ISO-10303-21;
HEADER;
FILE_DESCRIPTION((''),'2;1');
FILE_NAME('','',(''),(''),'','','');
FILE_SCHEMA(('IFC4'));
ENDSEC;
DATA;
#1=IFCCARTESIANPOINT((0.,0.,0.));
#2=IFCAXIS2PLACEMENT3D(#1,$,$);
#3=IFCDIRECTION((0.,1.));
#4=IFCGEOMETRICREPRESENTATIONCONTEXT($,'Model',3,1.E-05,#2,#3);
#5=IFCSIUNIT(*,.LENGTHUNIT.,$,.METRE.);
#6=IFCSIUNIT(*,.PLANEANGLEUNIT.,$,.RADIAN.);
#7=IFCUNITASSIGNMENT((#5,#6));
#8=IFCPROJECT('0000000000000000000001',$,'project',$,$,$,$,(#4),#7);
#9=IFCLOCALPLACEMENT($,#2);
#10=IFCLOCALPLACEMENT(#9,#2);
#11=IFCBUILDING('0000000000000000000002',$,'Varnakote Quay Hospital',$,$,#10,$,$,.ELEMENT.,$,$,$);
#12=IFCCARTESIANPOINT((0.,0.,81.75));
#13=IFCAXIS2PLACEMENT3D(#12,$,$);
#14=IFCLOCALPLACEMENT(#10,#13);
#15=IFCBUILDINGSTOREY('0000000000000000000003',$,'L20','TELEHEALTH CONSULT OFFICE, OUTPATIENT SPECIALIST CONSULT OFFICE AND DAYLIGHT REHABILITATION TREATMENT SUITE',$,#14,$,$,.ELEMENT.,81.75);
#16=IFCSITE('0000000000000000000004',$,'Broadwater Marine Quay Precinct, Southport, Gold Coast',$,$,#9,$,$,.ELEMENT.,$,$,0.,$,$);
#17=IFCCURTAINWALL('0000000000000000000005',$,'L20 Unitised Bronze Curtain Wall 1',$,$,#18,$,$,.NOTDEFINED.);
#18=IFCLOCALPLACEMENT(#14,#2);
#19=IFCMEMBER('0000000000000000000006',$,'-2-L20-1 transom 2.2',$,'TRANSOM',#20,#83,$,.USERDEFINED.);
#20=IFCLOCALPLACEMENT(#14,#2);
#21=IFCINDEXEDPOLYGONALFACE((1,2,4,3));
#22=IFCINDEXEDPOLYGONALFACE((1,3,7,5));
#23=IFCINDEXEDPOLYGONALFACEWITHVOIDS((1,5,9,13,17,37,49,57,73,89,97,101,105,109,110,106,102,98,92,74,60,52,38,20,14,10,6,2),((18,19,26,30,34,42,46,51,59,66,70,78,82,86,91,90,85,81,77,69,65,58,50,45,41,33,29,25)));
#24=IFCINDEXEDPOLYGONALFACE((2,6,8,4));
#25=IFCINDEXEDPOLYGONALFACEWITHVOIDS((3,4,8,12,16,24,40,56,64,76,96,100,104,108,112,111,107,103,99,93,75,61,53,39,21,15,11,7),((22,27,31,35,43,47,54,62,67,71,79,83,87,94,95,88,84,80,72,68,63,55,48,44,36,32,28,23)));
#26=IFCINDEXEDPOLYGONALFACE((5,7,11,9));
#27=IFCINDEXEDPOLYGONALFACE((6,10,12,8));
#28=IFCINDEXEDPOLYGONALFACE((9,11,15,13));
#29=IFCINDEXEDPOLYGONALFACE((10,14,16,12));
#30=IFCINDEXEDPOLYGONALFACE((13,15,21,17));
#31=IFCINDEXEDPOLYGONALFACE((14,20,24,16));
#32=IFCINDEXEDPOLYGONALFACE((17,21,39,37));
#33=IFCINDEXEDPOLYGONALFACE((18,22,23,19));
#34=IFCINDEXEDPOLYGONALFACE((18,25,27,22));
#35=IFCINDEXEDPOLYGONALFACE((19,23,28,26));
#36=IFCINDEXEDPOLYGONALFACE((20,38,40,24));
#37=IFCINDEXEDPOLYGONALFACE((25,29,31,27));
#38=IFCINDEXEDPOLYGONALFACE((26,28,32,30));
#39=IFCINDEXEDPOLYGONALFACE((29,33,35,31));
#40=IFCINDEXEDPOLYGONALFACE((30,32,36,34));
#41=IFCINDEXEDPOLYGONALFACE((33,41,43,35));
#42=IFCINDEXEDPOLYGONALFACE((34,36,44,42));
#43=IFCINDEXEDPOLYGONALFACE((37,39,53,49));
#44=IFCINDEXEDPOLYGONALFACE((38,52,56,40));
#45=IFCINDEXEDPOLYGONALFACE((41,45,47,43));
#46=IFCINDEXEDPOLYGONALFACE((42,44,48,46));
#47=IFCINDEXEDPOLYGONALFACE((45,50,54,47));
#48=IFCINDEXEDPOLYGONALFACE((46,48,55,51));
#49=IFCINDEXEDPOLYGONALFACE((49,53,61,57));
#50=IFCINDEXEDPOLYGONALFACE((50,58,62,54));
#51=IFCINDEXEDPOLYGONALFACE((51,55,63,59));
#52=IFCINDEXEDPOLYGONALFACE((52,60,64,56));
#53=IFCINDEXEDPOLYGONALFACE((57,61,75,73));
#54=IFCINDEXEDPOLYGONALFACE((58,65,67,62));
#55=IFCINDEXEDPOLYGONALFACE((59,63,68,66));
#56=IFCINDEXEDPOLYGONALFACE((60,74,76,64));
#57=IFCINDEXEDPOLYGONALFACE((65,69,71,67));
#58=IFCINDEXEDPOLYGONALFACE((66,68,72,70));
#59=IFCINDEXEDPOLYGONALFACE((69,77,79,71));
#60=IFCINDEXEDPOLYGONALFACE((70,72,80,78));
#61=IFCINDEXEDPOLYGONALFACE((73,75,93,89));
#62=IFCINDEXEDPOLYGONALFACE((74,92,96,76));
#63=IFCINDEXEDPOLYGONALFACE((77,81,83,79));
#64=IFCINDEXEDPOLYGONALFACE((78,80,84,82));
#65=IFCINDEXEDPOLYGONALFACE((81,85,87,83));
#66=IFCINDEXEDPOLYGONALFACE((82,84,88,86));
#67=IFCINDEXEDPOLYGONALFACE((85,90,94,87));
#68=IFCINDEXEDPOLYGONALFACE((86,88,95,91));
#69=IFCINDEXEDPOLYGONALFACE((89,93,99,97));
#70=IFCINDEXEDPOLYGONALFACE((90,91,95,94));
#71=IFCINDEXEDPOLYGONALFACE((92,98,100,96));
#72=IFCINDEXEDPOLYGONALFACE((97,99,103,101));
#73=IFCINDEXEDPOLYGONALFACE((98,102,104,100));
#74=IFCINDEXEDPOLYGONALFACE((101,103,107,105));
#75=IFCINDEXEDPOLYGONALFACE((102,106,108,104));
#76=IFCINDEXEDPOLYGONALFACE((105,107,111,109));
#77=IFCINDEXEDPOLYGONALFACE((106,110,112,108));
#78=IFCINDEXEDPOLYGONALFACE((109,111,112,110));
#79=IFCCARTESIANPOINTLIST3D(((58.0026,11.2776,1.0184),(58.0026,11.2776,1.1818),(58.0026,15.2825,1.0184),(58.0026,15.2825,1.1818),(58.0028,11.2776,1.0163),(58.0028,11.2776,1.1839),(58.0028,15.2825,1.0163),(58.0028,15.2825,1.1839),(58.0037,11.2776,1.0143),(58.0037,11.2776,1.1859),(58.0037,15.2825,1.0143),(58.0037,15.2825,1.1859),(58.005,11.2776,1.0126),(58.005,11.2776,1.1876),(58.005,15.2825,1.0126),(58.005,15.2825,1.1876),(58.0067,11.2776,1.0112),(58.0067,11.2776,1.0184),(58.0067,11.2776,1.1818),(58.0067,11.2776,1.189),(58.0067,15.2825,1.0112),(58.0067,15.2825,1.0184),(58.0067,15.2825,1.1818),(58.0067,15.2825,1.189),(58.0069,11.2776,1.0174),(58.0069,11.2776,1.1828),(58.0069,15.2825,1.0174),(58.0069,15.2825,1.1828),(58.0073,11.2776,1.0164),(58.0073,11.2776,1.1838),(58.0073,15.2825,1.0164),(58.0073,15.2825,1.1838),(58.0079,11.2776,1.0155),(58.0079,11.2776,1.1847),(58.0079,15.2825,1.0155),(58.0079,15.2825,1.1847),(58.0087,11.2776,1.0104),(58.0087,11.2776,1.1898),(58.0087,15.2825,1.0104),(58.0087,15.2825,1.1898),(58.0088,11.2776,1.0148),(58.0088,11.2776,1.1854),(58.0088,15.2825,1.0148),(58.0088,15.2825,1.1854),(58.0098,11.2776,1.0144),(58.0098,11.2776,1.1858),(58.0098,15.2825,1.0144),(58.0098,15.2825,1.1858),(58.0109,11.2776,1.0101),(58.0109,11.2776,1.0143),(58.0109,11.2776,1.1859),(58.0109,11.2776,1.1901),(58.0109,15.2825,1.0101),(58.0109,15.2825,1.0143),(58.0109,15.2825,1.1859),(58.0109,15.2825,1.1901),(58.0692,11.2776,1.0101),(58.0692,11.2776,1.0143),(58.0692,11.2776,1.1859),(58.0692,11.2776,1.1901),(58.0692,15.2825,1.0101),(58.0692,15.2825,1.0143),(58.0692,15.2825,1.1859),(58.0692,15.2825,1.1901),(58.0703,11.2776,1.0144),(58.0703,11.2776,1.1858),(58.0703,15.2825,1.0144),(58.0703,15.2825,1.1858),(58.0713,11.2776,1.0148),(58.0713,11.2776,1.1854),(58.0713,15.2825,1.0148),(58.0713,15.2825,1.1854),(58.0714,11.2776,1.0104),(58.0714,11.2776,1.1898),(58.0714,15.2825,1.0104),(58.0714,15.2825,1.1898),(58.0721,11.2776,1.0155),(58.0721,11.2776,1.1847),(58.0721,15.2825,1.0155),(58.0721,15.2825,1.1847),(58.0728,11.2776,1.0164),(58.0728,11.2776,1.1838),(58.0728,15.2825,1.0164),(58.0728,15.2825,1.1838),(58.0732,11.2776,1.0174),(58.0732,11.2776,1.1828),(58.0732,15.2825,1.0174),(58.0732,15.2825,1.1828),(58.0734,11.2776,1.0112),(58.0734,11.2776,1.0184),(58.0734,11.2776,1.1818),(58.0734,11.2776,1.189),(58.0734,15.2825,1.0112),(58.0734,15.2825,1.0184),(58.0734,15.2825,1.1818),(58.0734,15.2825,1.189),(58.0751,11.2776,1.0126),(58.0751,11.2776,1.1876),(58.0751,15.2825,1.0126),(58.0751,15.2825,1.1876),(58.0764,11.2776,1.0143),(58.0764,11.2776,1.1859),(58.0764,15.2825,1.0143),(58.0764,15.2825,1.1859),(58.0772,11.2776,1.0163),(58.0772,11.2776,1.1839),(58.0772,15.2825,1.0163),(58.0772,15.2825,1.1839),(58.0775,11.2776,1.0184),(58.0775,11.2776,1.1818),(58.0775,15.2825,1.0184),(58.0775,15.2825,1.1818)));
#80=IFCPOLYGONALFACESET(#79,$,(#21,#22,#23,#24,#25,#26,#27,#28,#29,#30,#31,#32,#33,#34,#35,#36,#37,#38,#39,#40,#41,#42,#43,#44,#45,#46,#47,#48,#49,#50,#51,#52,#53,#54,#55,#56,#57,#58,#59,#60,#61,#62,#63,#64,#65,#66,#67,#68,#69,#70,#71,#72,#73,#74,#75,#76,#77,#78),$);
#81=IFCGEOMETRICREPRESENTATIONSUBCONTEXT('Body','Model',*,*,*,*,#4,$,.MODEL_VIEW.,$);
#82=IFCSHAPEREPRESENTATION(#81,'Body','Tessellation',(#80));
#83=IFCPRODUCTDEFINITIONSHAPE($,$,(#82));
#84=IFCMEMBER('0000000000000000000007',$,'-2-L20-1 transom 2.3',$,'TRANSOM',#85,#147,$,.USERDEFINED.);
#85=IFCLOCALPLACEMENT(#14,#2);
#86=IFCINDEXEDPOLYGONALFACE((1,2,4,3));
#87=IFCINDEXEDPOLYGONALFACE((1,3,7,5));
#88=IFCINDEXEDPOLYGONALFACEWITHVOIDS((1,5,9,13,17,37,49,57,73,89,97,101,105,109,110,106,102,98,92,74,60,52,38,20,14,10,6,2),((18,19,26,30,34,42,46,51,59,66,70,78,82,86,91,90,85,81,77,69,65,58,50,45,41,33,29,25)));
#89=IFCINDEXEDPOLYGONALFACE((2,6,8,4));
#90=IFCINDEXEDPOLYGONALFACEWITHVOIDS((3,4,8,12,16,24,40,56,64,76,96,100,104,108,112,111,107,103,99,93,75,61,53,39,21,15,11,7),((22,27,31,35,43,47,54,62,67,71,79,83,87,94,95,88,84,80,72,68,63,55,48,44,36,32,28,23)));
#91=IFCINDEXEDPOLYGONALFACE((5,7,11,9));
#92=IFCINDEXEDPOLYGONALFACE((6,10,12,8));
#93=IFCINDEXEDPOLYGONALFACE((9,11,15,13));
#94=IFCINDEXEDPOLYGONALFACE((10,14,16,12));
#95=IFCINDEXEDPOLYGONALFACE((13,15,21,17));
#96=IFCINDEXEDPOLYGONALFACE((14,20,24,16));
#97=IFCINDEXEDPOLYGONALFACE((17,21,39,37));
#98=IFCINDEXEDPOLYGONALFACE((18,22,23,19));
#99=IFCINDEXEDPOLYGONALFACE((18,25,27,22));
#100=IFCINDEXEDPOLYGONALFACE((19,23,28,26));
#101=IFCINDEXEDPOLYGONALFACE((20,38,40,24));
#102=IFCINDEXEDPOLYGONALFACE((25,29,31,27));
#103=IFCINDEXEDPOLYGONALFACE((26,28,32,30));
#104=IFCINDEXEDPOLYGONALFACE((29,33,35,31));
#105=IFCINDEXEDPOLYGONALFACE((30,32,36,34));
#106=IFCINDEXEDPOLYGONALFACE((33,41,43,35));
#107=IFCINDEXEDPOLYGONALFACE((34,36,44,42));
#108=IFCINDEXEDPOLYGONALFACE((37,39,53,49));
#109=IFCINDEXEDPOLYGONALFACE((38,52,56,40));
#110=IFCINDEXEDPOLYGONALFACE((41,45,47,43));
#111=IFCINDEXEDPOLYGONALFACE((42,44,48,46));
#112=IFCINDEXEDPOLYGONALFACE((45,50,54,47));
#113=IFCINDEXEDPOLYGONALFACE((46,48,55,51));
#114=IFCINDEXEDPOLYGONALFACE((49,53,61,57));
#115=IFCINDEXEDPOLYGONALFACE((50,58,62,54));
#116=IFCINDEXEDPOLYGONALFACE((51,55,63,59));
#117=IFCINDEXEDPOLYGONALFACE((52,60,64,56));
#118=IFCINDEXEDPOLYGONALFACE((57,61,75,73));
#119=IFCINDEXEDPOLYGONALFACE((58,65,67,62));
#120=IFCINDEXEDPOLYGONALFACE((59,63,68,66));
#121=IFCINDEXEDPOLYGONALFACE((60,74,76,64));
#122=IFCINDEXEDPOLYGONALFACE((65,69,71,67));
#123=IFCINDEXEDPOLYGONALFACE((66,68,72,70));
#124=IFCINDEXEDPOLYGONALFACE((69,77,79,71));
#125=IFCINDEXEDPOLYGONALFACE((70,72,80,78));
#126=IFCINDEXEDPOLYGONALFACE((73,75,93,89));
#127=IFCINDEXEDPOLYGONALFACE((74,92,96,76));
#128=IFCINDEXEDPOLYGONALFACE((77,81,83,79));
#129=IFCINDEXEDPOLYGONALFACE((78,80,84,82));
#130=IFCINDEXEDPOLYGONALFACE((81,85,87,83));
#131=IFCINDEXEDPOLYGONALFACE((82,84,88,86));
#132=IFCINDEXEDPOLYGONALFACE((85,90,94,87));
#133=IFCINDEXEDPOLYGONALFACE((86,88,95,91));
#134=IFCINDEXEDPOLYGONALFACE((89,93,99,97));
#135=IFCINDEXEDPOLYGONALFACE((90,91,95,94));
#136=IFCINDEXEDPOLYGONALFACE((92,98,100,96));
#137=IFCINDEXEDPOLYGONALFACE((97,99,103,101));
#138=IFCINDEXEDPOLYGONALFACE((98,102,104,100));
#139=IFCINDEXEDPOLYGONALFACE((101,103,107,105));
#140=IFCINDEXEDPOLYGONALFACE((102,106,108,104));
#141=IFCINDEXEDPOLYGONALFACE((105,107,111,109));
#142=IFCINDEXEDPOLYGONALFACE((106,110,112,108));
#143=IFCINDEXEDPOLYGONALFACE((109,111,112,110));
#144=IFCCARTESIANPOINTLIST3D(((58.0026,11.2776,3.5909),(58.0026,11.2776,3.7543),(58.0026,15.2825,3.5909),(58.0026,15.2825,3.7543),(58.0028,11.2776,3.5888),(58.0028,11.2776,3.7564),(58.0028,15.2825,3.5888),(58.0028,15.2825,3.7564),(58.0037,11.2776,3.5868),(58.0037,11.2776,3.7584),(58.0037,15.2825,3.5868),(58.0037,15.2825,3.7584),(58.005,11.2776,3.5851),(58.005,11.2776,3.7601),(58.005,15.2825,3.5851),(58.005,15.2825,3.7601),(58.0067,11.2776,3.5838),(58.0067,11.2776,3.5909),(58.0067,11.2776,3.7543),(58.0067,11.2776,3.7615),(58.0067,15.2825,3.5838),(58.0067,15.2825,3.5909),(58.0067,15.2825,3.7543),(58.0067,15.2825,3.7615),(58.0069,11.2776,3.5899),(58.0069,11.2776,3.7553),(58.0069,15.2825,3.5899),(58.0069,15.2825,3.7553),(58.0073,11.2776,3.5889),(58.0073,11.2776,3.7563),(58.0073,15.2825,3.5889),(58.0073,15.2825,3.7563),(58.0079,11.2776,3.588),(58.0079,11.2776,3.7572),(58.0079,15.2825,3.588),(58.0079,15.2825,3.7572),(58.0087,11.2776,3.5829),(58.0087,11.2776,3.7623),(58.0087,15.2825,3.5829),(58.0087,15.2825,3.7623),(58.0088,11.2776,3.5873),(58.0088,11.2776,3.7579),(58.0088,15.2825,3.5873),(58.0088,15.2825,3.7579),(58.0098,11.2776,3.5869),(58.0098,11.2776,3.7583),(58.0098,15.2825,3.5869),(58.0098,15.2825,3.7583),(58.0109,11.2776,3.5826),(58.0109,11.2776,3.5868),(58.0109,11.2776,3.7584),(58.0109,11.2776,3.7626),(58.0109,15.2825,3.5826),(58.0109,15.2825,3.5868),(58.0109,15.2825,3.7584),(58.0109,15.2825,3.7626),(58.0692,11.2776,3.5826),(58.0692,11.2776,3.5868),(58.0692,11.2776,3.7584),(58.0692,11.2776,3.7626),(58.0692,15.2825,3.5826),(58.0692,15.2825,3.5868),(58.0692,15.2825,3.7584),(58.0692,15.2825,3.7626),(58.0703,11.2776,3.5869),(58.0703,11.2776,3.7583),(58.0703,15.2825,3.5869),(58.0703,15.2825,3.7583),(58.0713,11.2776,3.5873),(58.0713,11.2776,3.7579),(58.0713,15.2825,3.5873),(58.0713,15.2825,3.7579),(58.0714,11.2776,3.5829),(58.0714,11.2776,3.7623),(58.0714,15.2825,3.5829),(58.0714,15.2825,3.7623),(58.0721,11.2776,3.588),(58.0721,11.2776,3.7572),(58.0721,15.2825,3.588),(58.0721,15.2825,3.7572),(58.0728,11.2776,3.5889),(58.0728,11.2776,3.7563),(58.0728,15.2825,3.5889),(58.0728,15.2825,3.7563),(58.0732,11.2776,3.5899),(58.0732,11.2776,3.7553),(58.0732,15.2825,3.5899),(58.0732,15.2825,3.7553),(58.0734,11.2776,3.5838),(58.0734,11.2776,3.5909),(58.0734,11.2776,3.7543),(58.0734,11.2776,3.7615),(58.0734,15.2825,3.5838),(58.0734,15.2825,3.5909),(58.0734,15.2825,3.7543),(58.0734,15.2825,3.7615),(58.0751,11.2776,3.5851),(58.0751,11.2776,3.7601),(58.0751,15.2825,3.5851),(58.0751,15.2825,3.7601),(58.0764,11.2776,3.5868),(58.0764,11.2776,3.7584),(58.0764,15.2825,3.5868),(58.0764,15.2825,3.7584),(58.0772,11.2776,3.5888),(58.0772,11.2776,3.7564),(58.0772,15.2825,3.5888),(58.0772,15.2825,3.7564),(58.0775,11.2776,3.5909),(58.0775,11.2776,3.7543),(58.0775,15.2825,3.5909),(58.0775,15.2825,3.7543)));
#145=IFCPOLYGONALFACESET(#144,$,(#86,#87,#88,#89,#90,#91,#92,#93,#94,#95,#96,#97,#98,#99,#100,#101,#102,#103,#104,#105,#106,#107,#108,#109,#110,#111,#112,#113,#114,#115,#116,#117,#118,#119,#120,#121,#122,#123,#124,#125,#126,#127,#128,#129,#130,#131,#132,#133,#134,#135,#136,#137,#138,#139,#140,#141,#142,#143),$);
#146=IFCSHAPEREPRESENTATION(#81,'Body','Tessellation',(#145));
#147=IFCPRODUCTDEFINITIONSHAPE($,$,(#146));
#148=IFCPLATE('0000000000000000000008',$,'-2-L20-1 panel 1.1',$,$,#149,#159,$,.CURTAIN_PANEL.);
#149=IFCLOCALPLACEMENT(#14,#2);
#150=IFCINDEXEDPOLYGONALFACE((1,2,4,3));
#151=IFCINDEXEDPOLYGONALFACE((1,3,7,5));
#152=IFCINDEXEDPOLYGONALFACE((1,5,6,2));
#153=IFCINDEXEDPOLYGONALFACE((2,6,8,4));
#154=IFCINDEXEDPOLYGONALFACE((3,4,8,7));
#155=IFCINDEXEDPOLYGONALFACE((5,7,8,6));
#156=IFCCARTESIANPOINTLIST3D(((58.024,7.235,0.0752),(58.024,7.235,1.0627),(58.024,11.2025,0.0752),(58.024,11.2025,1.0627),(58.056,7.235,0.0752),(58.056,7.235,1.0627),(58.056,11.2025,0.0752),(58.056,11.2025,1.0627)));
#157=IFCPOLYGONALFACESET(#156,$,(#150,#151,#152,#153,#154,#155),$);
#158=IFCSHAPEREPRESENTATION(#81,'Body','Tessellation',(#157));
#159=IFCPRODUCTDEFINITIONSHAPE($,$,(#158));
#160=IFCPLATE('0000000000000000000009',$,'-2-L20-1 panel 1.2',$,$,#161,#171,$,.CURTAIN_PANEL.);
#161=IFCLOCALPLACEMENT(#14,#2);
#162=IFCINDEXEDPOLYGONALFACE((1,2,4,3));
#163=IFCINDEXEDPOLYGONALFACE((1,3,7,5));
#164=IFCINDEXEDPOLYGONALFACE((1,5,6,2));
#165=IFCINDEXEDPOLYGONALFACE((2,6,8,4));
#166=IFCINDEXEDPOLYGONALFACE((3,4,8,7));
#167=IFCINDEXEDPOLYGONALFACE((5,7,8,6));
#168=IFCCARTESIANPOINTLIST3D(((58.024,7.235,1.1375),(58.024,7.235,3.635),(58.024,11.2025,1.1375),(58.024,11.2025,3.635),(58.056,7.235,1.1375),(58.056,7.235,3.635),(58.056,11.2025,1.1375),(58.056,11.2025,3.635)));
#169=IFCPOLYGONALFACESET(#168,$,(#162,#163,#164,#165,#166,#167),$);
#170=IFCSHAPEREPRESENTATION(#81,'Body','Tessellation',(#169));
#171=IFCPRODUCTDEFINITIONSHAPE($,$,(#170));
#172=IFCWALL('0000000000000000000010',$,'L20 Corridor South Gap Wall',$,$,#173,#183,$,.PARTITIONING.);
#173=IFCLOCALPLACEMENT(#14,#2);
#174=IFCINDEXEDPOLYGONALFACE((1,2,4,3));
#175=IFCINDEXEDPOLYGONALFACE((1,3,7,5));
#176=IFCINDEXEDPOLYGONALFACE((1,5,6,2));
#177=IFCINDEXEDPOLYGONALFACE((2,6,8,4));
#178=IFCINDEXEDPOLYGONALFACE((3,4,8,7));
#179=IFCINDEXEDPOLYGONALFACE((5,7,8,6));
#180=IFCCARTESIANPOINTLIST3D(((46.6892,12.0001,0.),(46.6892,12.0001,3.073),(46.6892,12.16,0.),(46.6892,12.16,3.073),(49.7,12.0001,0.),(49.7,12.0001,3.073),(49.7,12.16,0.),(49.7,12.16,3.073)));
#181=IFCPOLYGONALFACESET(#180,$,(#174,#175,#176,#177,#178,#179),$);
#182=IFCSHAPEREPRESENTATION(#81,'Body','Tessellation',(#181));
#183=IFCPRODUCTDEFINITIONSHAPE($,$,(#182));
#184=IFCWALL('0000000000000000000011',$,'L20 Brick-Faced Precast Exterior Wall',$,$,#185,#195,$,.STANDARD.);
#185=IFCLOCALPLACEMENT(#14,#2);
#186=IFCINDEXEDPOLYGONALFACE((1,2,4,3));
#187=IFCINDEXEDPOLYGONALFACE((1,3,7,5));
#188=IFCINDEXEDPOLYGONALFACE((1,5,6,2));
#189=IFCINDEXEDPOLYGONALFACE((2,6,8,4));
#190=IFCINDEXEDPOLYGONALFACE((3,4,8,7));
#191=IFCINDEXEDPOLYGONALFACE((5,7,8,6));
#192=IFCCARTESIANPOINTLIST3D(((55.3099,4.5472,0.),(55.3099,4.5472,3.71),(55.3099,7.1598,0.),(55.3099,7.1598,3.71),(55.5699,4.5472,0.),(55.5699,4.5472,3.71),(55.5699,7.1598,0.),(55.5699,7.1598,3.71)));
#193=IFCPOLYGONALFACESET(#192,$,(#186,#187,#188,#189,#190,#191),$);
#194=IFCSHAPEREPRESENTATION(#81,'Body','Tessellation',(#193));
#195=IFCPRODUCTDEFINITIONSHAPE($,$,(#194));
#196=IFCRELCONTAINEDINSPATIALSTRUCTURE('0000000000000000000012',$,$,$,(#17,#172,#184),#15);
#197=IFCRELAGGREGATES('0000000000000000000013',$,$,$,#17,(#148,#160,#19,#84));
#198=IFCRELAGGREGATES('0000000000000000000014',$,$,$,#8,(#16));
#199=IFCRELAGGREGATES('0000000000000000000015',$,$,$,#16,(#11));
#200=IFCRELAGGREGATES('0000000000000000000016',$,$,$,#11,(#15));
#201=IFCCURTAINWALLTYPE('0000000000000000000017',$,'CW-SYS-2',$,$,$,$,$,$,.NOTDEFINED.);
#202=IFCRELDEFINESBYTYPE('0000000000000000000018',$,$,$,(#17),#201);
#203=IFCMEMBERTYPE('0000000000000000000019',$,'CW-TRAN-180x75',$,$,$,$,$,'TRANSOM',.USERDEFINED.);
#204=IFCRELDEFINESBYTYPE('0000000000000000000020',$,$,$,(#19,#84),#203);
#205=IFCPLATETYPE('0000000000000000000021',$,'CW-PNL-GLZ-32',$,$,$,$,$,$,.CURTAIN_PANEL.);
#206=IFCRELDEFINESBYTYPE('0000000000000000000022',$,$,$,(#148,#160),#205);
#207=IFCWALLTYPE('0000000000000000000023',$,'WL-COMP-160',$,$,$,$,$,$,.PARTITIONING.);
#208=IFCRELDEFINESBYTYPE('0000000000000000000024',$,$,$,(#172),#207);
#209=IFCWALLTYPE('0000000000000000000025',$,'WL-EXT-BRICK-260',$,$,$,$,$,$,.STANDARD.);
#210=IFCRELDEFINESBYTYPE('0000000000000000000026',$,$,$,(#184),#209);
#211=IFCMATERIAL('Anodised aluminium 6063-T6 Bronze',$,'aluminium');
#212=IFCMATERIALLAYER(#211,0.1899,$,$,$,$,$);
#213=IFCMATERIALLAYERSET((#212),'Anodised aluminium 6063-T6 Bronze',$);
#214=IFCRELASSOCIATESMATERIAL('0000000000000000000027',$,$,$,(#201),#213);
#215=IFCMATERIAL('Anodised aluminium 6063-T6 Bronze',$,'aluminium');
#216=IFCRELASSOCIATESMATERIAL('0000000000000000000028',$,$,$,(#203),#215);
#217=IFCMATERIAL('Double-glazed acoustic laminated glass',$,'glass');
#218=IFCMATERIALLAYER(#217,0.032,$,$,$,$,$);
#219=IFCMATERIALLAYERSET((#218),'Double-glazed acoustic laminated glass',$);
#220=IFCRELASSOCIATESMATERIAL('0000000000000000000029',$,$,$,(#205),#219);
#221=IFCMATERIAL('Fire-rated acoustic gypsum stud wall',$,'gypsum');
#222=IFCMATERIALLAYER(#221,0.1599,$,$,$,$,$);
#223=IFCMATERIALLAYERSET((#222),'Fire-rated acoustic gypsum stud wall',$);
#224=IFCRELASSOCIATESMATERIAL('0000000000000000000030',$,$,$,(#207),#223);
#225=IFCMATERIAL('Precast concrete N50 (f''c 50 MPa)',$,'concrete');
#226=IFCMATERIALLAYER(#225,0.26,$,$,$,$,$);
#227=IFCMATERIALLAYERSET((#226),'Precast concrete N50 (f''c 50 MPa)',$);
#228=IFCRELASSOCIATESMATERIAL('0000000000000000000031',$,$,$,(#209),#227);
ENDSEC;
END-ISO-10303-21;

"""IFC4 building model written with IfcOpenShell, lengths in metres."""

from ifc_helpers import new_model, si_unit, direction, frame, frame_2d, origin, origin_2d, place, context, subcontext, project, spatial, rectangle, hollow_rectangle, extrude, material, layer, layer_set, material_profile, profile_set, type_object, element, aggregate, save


model = new_model("IFC4")

# Units and contexts
model_context = context("Model", 3, precision=1e-05, world=origin(), true_north=direction((0.0, 1.0)))
body_context = subcontext(model_context, "Body", "Model", "MODEL_VIEW")
ifc_project = project(units=[si_unit("LENGTHUNIT", "METRE"), si_unit("PLANEANGLEUNIT", "RADIAN")], contexts=[model_context])

# Site, building, storey
site_placement = place(None, origin())
site = spatial("IfcSite", under=ifc_project, at=site_placement, Name="Broadwater Marine Quay Precinct, Southport, Gold Coast", CompositionType="ELEMENT", RefElevation=0.0)
building_placement = place(site_placement, origin())
building = spatial("IfcBuilding", under=site, at=building_placement, Name="Varnakote Quay Hospital", CompositionType="ELEMENT")
storey_placement = place(building_placement, frame((0.0, 0.0, 81.75)))
storey = spatial("IfcBuildingStorey", under=building, at=storey_placement, Name="L20", Description="TELEHEALTH CONSULT OFFICE, OUTPATIENT SPECIALIST CONSULT OFFICE AND DAYLIGHT REHABILITATION TREATMENT SUITE", CompositionType="ELEMENT", Elevation=81.75)

# Curtain wall, members, plates
ifc_material_1 = material(Name="Anodised aluminium 6063-T6 Bronze", Category="aluminium")
ifc_layer_1 = layer(ifc_material_1, 0.1899)
ifc_layer_set_1 = layer_set([ifc_layer_1], Name="Anodised aluminium 6063-T6 Bronze")
curtain_wall_type = type_object("IfcCurtainWallType", Name="CW-SYS-2", PredefinedType="NOTDEFINED", material=ifc_layer_set_1)
curtain_wall_placement = place(storey_placement, origin())
curtain_wall = element("IfcCurtainWall", 1, at=curtain_wall_placement, inside=storey, type_object=curtain_wall_type, Name="L20 Unitised Bronze Curtain Wall 1", PredefinedType="NOTDEFINED")
ifc_material_2 = material(Name="Anodised aluminium 6063-T6 Bronze", Category="aluminium")
ifc_material_profile_1 = material_profile(ifc_material_2, hollow_rectangle(XDim=0.075, YDim=0.1799, WallThickness=0.0042, InnerFilletRadius=0.0042, OuterFilletRadius=0.0083, at=origin_2d()), Name="CW-TRAN-180x75")
ifc_profile_set_1 = profile_set([ifc_material_profile_1], Name="Anodised aluminium 6063-T6 Bronze")
member_type_1 = type_object("IfcMemberType", Name="CW-TRAN-180x75", ElementType="TRANSOM", PredefinedType="USERDEFINED", material=ifc_profile_set_1)
member_1_placement = place(storey_placement, frame((58.04, 11.2776, 1.1001), z_axis=(0.0, 1.0, 0.0), x_axis=(-1.0, 0.0, 0.0)))
member_1 = element("IfcMember", 2, at=member_1_placement, type_object=member_type_1, Name="-2-L20-1 transom 2.2", ObjectType="TRANSOM", PredefinedType="USERDEFINED", context=body_context, shape_type="SweptSolid", body=[
    extrude(hollow_rectangle(XDim=0.075, YDim=0.1799, WallThickness=0.0042, InnerFilletRadius=0.0042, OuterFilletRadius=0.0083, at=origin_2d()), origin(), (0.0, 0.0, 1.0), 4.0049),
])
member_2_placement = place(storey_placement, frame((58.04, 11.2776, 3.6726), z_axis=(0.0, 1.0, 0.0), x_axis=(-1.0, 0.0, 0.0)))
member_2 = element("IfcMember", 3, at=member_2_placement, type_object=member_type_1, Name="-2-L20-1 transom 2.3", ObjectType="TRANSOM", PredefinedType="USERDEFINED", context=body_context, shape_type="SweptSolid", body=[
    extrude(hollow_rectangle(XDim=0.075, YDim=0.1799, WallThickness=0.0042, InnerFilletRadius=0.0042, OuterFilletRadius=0.0083, at=origin_2d()), origin(), (0.0, 0.0, 1.0), 4.0049),
])
ifc_material_3 = material(Name="Double-glazed acoustic laminated glass", Category="glass")
ifc_layer_2 = layer(ifc_material_3, 0.032)
ifc_layer_set_2 = layer_set([ifc_layer_2], Name="Double-glazed acoustic laminated glass")
plate_type = type_object("IfcPlateType", Name="CW-PNL-GLZ-32", PredefinedType="CURTAIN_PANEL", material=ifc_layer_set_2)
plate_1_placement = place(storey_placement, frame((58.04, 9.2188, 0.0752), z_axis=(0.0, 0.0, 1.0), x_axis=(0.0, 1.0, 0.0)))
plate_1 = element("IfcPlate", 4, at=plate_1_placement, type_object=plate_type, Name="-2-L20-1 panel 1.1", PredefinedType="CURTAIN_PANEL", context=body_context, shape_type="SweptSolid", body=[
    extrude(rectangle(XDim=3.9675, YDim=0.032, at=origin_2d()), origin(), (0.0, 0.0, 1.0), 0.9875),
])
plate_2_placement = place(storey_placement, frame((58.04, 9.2188, 1.1375), z_axis=(0.0, 0.0, 1.0), x_axis=(0.0, 1.0, 0.0)))
plate_2 = element("IfcPlate", 5, at=plate_2_placement, type_object=plate_type, Name="-2-L20-1 panel 1.2", PredefinedType="CURTAIN_PANEL", context=body_context, shape_type="SweptSolid", body=[
    extrude(rectangle(XDim=3.9675, YDim=0.032, at=origin_2d()), origin(), (0.0, 0.0, 1.0), 2.4976),
])
aggregate(curtain_wall, [plate_1, plate_2, member_1, member_2])

# Walls
ifc_material_4 = material(Name="Fire-rated acoustic gypsum stud wall", Category="gypsum")
ifc_layer_3 = layer(ifc_material_4, 0.1599)
ifc_layer_set_3 = layer_set([ifc_layer_3], Name="Fire-rated acoustic gypsum stud wall")
wall_type_1 = type_object("IfcWallType", Name="WL-COMP-160", PredefinedType="PARTITIONING", material=ifc_layer_set_3)
wall_1_placement = place(storey_placement, frame((46.6892, 12.0801, 0.0), z_axis=(0.0, 0.0, 1.0), x_axis=(1.0, 0.0, 0.0)))
element("IfcWall", 6, at=wall_1_placement, inside=storey, type_object=wall_type_1, Name="L20 Corridor South Gap Wall", PredefinedType="PARTITIONING", context=body_context, shape_type="SweptSolid", body=[
    extrude(rectangle(XDim=3.0107, YDim=0.1599, at=frame_2d((1.5054, 0.0))), origin(), (0.0, 0.0, 1.0), 3.073),
])
ifc_material_5 = material(Name="Precast concrete N50 (f'c 50 MPa)", Category="concrete")
ifc_layer_4 = layer(ifc_material_5, 0.26)
ifc_layer_set_4 = layer_set([ifc_layer_4], Name="Precast concrete N50 (f'c 50 MPa)")
wall_type_2 = type_object("IfcWallType", Name="WL-EXT-BRICK-260", PredefinedType="STANDARD", material=ifc_layer_set_4)
wall_2_placement = place(storey_placement, frame((55.4399, 4.5474, 0.0), z_axis=(0.0, 0.0, 1.0), x_axis=(0.0, 1.0, 0.0)))
element("IfcWall", 7, at=wall_2_placement, inside=storey, type_object=wall_type_2, Name="L20 Brick-Faced Precast Exterior Wall", PredefinedType="STANDARD", context=body_context, shape_type="SweptSolid", body=[
    extrude(rectangle(XDim=2.6125, YDim=0.26, at=frame_2d((1.3062, 0.0))), origin(), (0.0, 0.0, 1.0), 3.71),
])

save(model, "model.ifc")
